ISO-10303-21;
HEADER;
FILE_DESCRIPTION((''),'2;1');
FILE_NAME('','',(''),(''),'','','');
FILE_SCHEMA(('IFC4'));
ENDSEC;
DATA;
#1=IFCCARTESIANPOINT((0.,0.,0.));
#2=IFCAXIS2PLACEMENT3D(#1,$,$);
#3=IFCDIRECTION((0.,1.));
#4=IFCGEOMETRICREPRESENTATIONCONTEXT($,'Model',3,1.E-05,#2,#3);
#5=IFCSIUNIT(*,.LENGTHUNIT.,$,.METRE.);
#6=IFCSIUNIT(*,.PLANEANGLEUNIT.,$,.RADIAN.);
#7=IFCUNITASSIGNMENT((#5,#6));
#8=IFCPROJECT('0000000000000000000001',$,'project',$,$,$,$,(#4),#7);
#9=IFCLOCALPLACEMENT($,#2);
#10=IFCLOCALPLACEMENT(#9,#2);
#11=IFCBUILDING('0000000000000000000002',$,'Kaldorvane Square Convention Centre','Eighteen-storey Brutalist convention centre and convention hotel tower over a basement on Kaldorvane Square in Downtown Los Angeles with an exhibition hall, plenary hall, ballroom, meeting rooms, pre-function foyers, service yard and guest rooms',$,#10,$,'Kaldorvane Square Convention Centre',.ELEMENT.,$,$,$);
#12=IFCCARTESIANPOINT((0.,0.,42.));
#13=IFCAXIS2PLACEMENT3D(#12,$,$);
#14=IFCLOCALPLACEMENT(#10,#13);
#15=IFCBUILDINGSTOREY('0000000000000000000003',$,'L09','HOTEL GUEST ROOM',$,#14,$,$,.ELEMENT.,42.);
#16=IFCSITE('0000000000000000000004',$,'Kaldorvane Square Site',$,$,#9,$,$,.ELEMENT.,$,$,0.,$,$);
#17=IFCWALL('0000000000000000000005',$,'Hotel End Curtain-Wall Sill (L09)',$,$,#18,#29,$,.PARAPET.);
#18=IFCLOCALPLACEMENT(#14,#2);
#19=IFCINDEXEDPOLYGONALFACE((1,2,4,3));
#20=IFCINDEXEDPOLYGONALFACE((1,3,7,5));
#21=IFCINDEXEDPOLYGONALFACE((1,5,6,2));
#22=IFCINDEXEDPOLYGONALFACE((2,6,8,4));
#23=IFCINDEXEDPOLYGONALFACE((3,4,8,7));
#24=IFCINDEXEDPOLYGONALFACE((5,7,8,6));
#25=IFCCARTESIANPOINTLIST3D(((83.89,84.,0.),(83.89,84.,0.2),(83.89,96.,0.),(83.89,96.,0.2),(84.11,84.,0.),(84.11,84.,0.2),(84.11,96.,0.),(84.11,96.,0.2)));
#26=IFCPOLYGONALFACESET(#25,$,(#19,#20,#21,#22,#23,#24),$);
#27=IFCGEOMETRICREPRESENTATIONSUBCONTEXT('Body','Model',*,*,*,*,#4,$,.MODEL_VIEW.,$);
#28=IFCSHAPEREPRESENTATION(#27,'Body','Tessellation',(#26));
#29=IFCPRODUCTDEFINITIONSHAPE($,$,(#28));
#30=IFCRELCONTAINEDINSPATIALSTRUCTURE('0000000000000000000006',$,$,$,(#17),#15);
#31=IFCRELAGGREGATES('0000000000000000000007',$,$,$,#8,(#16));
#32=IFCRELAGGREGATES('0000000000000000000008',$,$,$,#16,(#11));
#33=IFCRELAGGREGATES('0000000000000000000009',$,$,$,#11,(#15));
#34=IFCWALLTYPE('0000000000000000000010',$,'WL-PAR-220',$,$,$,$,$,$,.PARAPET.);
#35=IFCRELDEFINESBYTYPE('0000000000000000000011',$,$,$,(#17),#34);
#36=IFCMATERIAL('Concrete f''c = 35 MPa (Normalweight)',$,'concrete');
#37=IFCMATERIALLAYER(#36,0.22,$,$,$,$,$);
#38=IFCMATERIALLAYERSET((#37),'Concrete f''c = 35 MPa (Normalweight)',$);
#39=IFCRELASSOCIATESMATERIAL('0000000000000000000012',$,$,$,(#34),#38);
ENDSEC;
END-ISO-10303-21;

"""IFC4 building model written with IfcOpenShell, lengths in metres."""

from ifc_helpers import new_model, si_unit, direction, frame, frame_2d, origin, place, context, subcontext, project, spatial, rectangle, extrude, material, layer, layer_set, type_object, element, save


model = new_model("IFC4")

# Units and contexts
model_context = context("Model", 3, precision=1e-05, world=origin(), true_north=direction((0.0, 1.0)))
body_context = subcontext(model_context, "Body", "Model", "MODEL_VIEW")
ifc_project = project(units=[si_unit("LENGTHUNIT", "METRE"), si_unit("PLANEANGLEUNIT", "RADIAN")], contexts=[model_context])

# Site, building, storey
site_placement = place(None, origin())
site = spatial("IfcSite", under=ifc_project, at=site_placement, Name="Kaldorvane Square Site", CompositionType="ELEMENT", RefElevation=0.0)
building_placement = place(site_placement, origin())
building = spatial("IfcBuilding", under=site, at=building_placement, Name="Kaldorvane Square Convention Centre", Description="Eighteen-storey Brutalist convention centre and convention hotel tower over a basement on Kaldorvane Square in Downtown Los Angeles with an exhibition hall, plenary hall, ballroom, meeting rooms, pre-function foyers, service yard and guest rooms", LongName="Kaldorvane Square Convention Centre", CompositionType="ELEMENT")
storey_placement = place(building_placement, frame((0.0, 0.0, 42.0)))
storey = spatial("IfcBuildingStorey", under=building, at=storey_placement, Name="L09", Description="HOTEL GUEST ROOM", CompositionType="ELEMENT", Elevation=42.0)

# Wall
ifc_material_1 = material(Name="Concrete f'c = 35 MPa (Normalweight)", Category="concrete")
ifc_layer_1 = layer(ifc_material_1, 0.22)
ifc_layer_set_1 = layer_set([ifc_layer_1], Name="Concrete f'c = 35 MPa (Normalweight)")
wall_type_1 = type_object("IfcWallType", Name="WL-PAR-220", PredefinedType="PARAPET", material=ifc_layer_set_1)
wall_1_placement = place(storey_placement, frame((84.0, 84.0, 0.0), z_axis=(0.0, 0.0, 1.0), x_axis=(0.0, 1.0, 0.0)))
element("IfcWall", 1, at=wall_1_placement, inside=storey, type_object=wall_type_1, Name="Hotel End Curtain-Wall Sill (L09)", PredefinedType="PARAPET", context=body_context, shape_type="SweptSolid", body=[
    extrude(rectangle(XDim=12.0, YDim=0.22, at=frame_2d((6.0, 0.0))), origin(), (0.0, 0.0, 1.0), 0.2),
])

save(model, "model.ifc")
